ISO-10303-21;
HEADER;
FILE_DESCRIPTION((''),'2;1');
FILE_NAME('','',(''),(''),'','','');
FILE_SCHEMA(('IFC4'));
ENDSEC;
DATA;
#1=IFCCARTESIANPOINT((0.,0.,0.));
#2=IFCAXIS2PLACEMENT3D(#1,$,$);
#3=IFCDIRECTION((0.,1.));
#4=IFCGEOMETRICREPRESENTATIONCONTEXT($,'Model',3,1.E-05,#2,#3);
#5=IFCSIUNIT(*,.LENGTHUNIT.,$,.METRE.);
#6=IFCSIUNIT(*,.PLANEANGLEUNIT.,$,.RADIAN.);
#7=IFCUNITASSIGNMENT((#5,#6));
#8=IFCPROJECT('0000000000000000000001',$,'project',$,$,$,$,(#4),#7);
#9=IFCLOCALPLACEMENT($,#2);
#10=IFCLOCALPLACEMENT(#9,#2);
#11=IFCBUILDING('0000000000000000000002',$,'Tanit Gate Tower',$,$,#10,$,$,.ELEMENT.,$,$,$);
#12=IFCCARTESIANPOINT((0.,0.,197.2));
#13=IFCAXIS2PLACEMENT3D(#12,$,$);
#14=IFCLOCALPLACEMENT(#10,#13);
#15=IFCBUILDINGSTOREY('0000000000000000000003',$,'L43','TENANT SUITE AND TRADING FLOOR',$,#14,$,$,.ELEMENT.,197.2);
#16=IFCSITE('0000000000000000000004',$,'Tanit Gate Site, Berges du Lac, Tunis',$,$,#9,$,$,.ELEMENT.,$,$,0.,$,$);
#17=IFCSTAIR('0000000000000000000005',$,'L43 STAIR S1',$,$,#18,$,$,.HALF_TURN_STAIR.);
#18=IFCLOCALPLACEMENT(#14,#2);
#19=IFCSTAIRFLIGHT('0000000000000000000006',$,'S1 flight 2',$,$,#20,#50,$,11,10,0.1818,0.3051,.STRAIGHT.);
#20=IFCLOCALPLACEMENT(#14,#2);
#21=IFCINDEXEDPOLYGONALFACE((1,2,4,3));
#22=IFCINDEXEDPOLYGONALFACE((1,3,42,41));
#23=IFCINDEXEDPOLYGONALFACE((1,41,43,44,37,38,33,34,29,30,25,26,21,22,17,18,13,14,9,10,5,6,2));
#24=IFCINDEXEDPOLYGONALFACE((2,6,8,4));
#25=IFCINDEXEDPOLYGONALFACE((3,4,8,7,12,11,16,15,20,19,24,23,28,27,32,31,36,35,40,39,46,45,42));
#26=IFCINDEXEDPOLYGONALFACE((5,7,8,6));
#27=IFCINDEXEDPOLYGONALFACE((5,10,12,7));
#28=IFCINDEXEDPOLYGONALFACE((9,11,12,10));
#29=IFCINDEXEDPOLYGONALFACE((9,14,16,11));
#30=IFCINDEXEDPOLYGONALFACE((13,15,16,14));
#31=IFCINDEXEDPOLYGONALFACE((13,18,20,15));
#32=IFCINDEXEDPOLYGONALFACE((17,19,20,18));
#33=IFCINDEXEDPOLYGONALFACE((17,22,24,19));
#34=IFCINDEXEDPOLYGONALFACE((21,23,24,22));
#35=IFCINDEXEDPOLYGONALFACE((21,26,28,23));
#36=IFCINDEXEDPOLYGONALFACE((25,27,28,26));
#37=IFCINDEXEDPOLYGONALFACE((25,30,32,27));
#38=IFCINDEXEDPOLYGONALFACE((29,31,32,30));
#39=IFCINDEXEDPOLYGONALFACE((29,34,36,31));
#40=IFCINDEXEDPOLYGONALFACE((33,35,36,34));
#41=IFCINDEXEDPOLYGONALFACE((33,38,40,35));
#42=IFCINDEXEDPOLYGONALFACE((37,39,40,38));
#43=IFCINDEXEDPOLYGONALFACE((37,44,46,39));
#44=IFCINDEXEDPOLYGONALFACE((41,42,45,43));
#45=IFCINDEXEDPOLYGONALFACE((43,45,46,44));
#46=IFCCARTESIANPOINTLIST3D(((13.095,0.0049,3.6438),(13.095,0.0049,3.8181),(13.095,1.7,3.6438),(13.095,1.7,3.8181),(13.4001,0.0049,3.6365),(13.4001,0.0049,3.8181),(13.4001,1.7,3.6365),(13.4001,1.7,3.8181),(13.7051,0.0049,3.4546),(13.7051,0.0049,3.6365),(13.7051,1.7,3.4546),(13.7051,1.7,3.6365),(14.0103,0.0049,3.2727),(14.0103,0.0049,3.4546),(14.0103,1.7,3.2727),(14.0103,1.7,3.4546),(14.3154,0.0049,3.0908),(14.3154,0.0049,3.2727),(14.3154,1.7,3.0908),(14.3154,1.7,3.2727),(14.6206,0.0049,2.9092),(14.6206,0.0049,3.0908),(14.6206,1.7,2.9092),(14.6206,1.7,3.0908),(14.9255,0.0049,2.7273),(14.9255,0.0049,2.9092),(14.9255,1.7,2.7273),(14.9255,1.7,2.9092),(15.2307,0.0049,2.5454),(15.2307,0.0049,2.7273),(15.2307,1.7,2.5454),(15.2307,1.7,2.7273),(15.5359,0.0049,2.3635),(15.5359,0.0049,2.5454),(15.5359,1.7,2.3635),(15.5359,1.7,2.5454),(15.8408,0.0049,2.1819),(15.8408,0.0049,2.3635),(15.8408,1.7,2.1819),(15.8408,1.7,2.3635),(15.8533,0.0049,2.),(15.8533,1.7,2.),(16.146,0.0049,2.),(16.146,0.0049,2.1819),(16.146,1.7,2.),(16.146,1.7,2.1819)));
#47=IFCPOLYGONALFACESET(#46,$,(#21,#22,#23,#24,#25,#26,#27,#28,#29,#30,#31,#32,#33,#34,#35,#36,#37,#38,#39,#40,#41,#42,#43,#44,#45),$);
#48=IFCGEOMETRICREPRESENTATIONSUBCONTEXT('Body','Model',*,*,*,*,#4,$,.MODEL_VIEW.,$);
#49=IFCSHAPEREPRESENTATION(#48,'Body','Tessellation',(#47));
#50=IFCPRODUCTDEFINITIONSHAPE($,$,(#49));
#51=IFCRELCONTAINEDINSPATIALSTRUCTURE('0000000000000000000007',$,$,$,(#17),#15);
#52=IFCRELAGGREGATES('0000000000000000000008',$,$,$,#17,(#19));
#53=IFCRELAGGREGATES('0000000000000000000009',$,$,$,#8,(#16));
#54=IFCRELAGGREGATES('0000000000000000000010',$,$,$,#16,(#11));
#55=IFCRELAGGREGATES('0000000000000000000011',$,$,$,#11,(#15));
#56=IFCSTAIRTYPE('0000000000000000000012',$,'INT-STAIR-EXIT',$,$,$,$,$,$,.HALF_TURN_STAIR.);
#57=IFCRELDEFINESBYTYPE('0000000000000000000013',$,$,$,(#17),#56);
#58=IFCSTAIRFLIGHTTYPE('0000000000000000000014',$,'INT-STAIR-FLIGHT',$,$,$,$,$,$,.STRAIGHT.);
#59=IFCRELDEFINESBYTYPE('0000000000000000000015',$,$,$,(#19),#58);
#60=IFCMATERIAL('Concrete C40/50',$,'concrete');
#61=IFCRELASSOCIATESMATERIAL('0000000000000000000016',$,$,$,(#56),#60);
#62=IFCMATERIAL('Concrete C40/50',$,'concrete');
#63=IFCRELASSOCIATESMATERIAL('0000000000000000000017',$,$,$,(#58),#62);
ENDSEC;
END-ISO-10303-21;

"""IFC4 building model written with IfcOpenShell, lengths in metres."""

from ifc_helpers import new_model, si_unit, direction, frame, origin, place, context, subcontext, project, spatial, polyline, outline, extrude, material, type_object, element, aggregate, save


model = new_model("IFC4")

# Units and contexts
model_context = context("Model", 3, precision=1e-05, world=origin(), true_north=direction((0.0, 1.0)))
body_context = subcontext(model_context, "Body", "Model", "MODEL_VIEW")
ifc_project = project(units=[si_unit("LENGTHUNIT", "METRE"), si_unit("PLANEANGLEUNIT", "RADIAN")], contexts=[model_context])

# Site, building, storey
site_placement = place(None, origin())
site = spatial("IfcSite", under=ifc_project, at=site_placement, Name="Tanit Gate Site, Berges du Lac, Tunis", CompositionType="ELEMENT", RefElevation=0.0)
building_placement = place(site_placement, origin())
building = spatial("IfcBuilding", under=site, at=building_placement, Name="Tanit Gate Tower", CompositionType="ELEMENT")
storey_placement = place(building_placement, frame((0.0, 0.0, 197.2)))
storey = spatial("IfcBuildingStorey", under=building, at=storey_placement, Name="L43", Description="TENANT SUITE AND TRADING FLOOR", CompositionType="ELEMENT", Elevation=197.2)

# Stair, stair flight
ifc_material_1 = material(Name="Concrete C40/50", Category="concrete")
stair_type = type_object("IfcStairType", Name="INT-STAIR-EXIT", PredefinedType="HALF_TURN_STAIR", material=ifc_material_1)
stair_placement = place(storey_placement, origin())
stair = element("IfcStair", 1, at=stair_placement, inside=storey, type_object=stair_type, Name="L43 STAIR S1", PredefinedType="HALF_TURN_STAIR")
ifc_material_2 = material(Name="Concrete C40/50", Category="concrete")
stair_flight_type = type_object("IfcStairFlightType", Name="INT-STAIR-FLIGHT", PredefinedType="STRAIGHT", material=ifc_material_2)
stair_flight_placement = place(storey_placement, frame((16.146, 0.8525, 2.0), z_axis=(0.0, 0.0, 1.0), x_axis=(-1.0, 0.0, 0.0)))
stair_flight = element("IfcStairFlight", 2, at=stair_flight_placement, type_object=stair_flight_type, Name="S1 flight 2", NumberOfRisers=11, NumberOfTreads=10, PredefinedType="STRAIGHT", RiserHeight=0.1818, TreadLength=0.3051, context=body_context, shape_type="SweptSolid", body=[
    extrude(outline(polyline([(0.0, 0.0), (0.0, 0.1819), (0.3052, 0.1819), (0.3052, 0.3635), (0.6101, 0.3635), (0.6101, 0.5454), (0.9153, 0.5454), (0.9153, 0.7273), (1.2205, 0.7273), (1.2205, 0.9092), (1.5254, 0.9092), (1.5254, 1.0908), (1.8306, 1.0908), (1.8306, 1.2727), (2.1357, 1.2727), (2.1357, 1.4546), (2.4409, 1.4546), (2.4409, 1.6365), (2.7458, 1.6365), (2.7458, 1.8181), (3.051, 1.8181), (3.051, 2.0), (3.051, 1.6438), (0.2927, 0.0), (0.0, 0.0)])), frame((0.0, 0.8477, 0.0), z_axis=(0.0, -1.0, 0.0), x_axis=(1.0, 0.0, 0.0)), (0.0, 0.0, 1.0), 1.6951),
])
aggregate(stair, [stair_flight])

save(model, "model.ifc")
